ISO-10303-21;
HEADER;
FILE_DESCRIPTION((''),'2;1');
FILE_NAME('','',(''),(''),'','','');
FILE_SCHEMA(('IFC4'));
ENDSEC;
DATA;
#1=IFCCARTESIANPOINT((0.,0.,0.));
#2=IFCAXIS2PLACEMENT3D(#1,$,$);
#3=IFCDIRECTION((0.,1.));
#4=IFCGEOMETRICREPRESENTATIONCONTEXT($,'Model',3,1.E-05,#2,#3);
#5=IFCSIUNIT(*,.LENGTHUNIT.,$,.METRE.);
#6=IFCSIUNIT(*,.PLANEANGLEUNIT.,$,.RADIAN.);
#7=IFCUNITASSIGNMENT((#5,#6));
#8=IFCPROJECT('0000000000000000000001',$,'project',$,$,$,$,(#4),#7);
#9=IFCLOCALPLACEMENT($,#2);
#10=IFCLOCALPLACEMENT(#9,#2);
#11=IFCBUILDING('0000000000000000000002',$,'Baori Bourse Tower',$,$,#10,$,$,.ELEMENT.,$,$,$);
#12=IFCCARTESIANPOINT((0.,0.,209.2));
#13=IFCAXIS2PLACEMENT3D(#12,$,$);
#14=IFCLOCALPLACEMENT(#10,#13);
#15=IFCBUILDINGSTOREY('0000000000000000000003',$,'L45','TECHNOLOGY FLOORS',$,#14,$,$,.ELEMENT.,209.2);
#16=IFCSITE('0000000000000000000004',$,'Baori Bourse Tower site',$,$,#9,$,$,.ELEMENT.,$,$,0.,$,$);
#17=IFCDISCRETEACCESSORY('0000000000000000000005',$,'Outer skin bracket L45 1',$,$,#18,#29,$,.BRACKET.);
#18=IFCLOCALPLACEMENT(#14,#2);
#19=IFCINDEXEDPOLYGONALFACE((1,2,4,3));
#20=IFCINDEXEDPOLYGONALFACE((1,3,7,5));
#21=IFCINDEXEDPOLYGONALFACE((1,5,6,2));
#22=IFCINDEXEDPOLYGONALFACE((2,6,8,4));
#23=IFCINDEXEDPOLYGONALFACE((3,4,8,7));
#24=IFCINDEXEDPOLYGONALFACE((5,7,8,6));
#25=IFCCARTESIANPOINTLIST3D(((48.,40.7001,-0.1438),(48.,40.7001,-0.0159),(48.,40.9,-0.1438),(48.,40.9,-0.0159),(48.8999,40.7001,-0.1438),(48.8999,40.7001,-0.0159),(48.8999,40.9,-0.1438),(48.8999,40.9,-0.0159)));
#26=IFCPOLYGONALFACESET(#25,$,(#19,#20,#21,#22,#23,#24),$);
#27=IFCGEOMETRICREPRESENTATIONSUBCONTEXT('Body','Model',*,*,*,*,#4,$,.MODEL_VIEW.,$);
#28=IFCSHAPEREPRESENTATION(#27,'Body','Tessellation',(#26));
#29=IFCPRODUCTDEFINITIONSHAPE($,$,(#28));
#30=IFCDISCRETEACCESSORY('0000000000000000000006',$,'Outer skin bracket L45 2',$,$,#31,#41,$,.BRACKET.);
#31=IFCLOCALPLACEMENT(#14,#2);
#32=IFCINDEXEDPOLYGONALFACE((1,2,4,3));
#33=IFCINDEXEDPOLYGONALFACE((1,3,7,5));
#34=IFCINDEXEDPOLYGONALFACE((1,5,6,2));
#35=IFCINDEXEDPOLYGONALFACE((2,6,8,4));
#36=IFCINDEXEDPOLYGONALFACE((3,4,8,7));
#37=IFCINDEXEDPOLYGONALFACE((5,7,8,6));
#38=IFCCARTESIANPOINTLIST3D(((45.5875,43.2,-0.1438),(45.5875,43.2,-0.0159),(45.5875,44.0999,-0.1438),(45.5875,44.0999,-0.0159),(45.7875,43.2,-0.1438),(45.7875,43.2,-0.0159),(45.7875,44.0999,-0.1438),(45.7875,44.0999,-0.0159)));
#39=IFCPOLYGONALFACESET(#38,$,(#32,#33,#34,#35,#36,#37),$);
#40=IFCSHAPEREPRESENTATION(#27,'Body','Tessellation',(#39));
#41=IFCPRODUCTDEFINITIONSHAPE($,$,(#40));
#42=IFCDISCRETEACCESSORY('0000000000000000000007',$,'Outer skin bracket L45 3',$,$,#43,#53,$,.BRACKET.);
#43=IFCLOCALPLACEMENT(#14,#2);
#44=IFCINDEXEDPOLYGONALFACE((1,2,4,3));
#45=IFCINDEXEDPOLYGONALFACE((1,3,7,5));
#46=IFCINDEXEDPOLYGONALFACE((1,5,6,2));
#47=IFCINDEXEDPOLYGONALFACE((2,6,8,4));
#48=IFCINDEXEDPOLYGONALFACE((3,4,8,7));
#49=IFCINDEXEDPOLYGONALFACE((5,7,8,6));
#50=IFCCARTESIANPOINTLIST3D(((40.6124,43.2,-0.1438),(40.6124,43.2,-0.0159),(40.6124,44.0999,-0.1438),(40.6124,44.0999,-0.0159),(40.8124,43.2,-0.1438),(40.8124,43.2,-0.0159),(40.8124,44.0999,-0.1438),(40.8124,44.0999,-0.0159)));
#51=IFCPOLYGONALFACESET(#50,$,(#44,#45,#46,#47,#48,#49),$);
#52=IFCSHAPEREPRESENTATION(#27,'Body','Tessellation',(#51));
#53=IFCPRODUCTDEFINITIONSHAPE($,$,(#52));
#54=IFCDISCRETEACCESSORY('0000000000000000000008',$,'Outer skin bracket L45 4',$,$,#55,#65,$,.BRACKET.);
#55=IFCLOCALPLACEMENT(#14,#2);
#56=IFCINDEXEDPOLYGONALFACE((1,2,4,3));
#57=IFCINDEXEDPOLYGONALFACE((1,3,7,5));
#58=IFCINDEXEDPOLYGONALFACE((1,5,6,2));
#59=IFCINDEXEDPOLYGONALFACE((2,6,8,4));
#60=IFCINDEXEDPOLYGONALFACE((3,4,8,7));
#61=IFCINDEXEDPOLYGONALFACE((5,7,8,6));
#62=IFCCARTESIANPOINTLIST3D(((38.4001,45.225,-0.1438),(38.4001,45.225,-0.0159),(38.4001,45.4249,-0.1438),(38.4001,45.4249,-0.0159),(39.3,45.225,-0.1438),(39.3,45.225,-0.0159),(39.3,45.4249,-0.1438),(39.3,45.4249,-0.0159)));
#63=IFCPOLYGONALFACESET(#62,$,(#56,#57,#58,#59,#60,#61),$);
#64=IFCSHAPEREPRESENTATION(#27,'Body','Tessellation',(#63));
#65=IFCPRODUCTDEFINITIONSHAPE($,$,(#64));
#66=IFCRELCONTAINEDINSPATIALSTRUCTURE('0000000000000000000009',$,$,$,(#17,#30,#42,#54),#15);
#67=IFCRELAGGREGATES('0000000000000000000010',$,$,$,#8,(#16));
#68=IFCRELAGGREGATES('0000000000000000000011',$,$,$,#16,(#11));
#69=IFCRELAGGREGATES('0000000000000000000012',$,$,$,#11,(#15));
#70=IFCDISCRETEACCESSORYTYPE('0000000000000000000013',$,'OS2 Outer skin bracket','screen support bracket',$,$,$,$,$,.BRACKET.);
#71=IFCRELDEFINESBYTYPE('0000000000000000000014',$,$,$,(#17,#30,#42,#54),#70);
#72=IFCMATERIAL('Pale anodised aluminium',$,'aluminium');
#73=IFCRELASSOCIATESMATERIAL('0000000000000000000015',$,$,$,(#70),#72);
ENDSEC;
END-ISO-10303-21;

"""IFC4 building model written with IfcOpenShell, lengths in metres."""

from ifc_helpers import new_model, si_unit, direction, frame, origin, origin_2d, place, context, subcontext, project, spatial, rectangle, extrude, material, type_object, element, save


model = new_model("IFC4")

# Units and contexts
model_context = context("Model", 3, precision=1e-05, world=origin(), true_north=direction((0.0, 1.0)))
body_context = subcontext(model_context, "Body", "Model", "MODEL_VIEW")
ifc_project = project(units=[si_unit("LENGTHUNIT", "METRE"), si_unit("PLANEANGLEUNIT", "RADIAN")], contexts=[model_context])

# Site, building, storey
site_placement = place(None, origin())
site = spatial("IfcSite", under=ifc_project, at=site_placement, Name="Baori Bourse Tower site", CompositionType="ELEMENT", RefElevation=0.0)
building_placement = place(site_placement, origin())
building = spatial("IfcBuilding", under=site, at=building_placement, Name="Baori Bourse Tower", CompositionType="ELEMENT")
storey_placement = place(building_placement, frame((0.0, 0.0, 209.2)))
storey = spatial("IfcBuildingStorey", under=building, at=storey_placement, Name="L45", Description="TECHNOLOGY FLOORS", CompositionType="ELEMENT", Elevation=209.2)

# Discrete accessories
ifc_material_1 = material(Name="Pale anodised aluminium", Category="aluminium")
discrete_accessory_type = type_object("IfcDiscreteAccessoryType", Name="OS2 Outer skin bracket", Description="screen support bracket", PredefinedType="BRACKET", material=ifc_material_1)
for number, where, z_axis, x_axis, name in (
    (1, (48.45, 40.8, -0.1438), (0.0, 0.0, 1.0), (0.0, 1.0, 0.0), "Outer skin bracket L45 1"),
    (2, (45.6875, 43.6499, -0.1438), (0.0, 0.0, 1.0), (-1.0, 0.0, 0.0), "Outer skin bracket L45 2"),
    (3, (40.7124, 43.6499, -0.1438), (0.0, 0.0, 1.0), (-1.0, 0.0, 0.0), "Outer skin bracket L45 3"),
    (4, (38.8501, 45.325, -0.1438), (0.0, 0.0, 1.0), (0.0, 1.0, 0.0), "Outer skin bracket L45 4"),
):
    element("IfcDiscreteAccessory", number, at=place(storey_placement, frame(where, z_axis=z_axis, x_axis=x_axis)), inside=storey, type_object=discrete_accessory_type, Name=name, PredefinedType="BRACKET", context=body_context, shape_type="SweptSolid", body=[
        extrude(rectangle(XDim=0.2, YDim=0.8999, at=origin_2d()), origin(), (0.0, 0.0, 1.0), 0.1279),
    ])

save(model, "model.ifc")
